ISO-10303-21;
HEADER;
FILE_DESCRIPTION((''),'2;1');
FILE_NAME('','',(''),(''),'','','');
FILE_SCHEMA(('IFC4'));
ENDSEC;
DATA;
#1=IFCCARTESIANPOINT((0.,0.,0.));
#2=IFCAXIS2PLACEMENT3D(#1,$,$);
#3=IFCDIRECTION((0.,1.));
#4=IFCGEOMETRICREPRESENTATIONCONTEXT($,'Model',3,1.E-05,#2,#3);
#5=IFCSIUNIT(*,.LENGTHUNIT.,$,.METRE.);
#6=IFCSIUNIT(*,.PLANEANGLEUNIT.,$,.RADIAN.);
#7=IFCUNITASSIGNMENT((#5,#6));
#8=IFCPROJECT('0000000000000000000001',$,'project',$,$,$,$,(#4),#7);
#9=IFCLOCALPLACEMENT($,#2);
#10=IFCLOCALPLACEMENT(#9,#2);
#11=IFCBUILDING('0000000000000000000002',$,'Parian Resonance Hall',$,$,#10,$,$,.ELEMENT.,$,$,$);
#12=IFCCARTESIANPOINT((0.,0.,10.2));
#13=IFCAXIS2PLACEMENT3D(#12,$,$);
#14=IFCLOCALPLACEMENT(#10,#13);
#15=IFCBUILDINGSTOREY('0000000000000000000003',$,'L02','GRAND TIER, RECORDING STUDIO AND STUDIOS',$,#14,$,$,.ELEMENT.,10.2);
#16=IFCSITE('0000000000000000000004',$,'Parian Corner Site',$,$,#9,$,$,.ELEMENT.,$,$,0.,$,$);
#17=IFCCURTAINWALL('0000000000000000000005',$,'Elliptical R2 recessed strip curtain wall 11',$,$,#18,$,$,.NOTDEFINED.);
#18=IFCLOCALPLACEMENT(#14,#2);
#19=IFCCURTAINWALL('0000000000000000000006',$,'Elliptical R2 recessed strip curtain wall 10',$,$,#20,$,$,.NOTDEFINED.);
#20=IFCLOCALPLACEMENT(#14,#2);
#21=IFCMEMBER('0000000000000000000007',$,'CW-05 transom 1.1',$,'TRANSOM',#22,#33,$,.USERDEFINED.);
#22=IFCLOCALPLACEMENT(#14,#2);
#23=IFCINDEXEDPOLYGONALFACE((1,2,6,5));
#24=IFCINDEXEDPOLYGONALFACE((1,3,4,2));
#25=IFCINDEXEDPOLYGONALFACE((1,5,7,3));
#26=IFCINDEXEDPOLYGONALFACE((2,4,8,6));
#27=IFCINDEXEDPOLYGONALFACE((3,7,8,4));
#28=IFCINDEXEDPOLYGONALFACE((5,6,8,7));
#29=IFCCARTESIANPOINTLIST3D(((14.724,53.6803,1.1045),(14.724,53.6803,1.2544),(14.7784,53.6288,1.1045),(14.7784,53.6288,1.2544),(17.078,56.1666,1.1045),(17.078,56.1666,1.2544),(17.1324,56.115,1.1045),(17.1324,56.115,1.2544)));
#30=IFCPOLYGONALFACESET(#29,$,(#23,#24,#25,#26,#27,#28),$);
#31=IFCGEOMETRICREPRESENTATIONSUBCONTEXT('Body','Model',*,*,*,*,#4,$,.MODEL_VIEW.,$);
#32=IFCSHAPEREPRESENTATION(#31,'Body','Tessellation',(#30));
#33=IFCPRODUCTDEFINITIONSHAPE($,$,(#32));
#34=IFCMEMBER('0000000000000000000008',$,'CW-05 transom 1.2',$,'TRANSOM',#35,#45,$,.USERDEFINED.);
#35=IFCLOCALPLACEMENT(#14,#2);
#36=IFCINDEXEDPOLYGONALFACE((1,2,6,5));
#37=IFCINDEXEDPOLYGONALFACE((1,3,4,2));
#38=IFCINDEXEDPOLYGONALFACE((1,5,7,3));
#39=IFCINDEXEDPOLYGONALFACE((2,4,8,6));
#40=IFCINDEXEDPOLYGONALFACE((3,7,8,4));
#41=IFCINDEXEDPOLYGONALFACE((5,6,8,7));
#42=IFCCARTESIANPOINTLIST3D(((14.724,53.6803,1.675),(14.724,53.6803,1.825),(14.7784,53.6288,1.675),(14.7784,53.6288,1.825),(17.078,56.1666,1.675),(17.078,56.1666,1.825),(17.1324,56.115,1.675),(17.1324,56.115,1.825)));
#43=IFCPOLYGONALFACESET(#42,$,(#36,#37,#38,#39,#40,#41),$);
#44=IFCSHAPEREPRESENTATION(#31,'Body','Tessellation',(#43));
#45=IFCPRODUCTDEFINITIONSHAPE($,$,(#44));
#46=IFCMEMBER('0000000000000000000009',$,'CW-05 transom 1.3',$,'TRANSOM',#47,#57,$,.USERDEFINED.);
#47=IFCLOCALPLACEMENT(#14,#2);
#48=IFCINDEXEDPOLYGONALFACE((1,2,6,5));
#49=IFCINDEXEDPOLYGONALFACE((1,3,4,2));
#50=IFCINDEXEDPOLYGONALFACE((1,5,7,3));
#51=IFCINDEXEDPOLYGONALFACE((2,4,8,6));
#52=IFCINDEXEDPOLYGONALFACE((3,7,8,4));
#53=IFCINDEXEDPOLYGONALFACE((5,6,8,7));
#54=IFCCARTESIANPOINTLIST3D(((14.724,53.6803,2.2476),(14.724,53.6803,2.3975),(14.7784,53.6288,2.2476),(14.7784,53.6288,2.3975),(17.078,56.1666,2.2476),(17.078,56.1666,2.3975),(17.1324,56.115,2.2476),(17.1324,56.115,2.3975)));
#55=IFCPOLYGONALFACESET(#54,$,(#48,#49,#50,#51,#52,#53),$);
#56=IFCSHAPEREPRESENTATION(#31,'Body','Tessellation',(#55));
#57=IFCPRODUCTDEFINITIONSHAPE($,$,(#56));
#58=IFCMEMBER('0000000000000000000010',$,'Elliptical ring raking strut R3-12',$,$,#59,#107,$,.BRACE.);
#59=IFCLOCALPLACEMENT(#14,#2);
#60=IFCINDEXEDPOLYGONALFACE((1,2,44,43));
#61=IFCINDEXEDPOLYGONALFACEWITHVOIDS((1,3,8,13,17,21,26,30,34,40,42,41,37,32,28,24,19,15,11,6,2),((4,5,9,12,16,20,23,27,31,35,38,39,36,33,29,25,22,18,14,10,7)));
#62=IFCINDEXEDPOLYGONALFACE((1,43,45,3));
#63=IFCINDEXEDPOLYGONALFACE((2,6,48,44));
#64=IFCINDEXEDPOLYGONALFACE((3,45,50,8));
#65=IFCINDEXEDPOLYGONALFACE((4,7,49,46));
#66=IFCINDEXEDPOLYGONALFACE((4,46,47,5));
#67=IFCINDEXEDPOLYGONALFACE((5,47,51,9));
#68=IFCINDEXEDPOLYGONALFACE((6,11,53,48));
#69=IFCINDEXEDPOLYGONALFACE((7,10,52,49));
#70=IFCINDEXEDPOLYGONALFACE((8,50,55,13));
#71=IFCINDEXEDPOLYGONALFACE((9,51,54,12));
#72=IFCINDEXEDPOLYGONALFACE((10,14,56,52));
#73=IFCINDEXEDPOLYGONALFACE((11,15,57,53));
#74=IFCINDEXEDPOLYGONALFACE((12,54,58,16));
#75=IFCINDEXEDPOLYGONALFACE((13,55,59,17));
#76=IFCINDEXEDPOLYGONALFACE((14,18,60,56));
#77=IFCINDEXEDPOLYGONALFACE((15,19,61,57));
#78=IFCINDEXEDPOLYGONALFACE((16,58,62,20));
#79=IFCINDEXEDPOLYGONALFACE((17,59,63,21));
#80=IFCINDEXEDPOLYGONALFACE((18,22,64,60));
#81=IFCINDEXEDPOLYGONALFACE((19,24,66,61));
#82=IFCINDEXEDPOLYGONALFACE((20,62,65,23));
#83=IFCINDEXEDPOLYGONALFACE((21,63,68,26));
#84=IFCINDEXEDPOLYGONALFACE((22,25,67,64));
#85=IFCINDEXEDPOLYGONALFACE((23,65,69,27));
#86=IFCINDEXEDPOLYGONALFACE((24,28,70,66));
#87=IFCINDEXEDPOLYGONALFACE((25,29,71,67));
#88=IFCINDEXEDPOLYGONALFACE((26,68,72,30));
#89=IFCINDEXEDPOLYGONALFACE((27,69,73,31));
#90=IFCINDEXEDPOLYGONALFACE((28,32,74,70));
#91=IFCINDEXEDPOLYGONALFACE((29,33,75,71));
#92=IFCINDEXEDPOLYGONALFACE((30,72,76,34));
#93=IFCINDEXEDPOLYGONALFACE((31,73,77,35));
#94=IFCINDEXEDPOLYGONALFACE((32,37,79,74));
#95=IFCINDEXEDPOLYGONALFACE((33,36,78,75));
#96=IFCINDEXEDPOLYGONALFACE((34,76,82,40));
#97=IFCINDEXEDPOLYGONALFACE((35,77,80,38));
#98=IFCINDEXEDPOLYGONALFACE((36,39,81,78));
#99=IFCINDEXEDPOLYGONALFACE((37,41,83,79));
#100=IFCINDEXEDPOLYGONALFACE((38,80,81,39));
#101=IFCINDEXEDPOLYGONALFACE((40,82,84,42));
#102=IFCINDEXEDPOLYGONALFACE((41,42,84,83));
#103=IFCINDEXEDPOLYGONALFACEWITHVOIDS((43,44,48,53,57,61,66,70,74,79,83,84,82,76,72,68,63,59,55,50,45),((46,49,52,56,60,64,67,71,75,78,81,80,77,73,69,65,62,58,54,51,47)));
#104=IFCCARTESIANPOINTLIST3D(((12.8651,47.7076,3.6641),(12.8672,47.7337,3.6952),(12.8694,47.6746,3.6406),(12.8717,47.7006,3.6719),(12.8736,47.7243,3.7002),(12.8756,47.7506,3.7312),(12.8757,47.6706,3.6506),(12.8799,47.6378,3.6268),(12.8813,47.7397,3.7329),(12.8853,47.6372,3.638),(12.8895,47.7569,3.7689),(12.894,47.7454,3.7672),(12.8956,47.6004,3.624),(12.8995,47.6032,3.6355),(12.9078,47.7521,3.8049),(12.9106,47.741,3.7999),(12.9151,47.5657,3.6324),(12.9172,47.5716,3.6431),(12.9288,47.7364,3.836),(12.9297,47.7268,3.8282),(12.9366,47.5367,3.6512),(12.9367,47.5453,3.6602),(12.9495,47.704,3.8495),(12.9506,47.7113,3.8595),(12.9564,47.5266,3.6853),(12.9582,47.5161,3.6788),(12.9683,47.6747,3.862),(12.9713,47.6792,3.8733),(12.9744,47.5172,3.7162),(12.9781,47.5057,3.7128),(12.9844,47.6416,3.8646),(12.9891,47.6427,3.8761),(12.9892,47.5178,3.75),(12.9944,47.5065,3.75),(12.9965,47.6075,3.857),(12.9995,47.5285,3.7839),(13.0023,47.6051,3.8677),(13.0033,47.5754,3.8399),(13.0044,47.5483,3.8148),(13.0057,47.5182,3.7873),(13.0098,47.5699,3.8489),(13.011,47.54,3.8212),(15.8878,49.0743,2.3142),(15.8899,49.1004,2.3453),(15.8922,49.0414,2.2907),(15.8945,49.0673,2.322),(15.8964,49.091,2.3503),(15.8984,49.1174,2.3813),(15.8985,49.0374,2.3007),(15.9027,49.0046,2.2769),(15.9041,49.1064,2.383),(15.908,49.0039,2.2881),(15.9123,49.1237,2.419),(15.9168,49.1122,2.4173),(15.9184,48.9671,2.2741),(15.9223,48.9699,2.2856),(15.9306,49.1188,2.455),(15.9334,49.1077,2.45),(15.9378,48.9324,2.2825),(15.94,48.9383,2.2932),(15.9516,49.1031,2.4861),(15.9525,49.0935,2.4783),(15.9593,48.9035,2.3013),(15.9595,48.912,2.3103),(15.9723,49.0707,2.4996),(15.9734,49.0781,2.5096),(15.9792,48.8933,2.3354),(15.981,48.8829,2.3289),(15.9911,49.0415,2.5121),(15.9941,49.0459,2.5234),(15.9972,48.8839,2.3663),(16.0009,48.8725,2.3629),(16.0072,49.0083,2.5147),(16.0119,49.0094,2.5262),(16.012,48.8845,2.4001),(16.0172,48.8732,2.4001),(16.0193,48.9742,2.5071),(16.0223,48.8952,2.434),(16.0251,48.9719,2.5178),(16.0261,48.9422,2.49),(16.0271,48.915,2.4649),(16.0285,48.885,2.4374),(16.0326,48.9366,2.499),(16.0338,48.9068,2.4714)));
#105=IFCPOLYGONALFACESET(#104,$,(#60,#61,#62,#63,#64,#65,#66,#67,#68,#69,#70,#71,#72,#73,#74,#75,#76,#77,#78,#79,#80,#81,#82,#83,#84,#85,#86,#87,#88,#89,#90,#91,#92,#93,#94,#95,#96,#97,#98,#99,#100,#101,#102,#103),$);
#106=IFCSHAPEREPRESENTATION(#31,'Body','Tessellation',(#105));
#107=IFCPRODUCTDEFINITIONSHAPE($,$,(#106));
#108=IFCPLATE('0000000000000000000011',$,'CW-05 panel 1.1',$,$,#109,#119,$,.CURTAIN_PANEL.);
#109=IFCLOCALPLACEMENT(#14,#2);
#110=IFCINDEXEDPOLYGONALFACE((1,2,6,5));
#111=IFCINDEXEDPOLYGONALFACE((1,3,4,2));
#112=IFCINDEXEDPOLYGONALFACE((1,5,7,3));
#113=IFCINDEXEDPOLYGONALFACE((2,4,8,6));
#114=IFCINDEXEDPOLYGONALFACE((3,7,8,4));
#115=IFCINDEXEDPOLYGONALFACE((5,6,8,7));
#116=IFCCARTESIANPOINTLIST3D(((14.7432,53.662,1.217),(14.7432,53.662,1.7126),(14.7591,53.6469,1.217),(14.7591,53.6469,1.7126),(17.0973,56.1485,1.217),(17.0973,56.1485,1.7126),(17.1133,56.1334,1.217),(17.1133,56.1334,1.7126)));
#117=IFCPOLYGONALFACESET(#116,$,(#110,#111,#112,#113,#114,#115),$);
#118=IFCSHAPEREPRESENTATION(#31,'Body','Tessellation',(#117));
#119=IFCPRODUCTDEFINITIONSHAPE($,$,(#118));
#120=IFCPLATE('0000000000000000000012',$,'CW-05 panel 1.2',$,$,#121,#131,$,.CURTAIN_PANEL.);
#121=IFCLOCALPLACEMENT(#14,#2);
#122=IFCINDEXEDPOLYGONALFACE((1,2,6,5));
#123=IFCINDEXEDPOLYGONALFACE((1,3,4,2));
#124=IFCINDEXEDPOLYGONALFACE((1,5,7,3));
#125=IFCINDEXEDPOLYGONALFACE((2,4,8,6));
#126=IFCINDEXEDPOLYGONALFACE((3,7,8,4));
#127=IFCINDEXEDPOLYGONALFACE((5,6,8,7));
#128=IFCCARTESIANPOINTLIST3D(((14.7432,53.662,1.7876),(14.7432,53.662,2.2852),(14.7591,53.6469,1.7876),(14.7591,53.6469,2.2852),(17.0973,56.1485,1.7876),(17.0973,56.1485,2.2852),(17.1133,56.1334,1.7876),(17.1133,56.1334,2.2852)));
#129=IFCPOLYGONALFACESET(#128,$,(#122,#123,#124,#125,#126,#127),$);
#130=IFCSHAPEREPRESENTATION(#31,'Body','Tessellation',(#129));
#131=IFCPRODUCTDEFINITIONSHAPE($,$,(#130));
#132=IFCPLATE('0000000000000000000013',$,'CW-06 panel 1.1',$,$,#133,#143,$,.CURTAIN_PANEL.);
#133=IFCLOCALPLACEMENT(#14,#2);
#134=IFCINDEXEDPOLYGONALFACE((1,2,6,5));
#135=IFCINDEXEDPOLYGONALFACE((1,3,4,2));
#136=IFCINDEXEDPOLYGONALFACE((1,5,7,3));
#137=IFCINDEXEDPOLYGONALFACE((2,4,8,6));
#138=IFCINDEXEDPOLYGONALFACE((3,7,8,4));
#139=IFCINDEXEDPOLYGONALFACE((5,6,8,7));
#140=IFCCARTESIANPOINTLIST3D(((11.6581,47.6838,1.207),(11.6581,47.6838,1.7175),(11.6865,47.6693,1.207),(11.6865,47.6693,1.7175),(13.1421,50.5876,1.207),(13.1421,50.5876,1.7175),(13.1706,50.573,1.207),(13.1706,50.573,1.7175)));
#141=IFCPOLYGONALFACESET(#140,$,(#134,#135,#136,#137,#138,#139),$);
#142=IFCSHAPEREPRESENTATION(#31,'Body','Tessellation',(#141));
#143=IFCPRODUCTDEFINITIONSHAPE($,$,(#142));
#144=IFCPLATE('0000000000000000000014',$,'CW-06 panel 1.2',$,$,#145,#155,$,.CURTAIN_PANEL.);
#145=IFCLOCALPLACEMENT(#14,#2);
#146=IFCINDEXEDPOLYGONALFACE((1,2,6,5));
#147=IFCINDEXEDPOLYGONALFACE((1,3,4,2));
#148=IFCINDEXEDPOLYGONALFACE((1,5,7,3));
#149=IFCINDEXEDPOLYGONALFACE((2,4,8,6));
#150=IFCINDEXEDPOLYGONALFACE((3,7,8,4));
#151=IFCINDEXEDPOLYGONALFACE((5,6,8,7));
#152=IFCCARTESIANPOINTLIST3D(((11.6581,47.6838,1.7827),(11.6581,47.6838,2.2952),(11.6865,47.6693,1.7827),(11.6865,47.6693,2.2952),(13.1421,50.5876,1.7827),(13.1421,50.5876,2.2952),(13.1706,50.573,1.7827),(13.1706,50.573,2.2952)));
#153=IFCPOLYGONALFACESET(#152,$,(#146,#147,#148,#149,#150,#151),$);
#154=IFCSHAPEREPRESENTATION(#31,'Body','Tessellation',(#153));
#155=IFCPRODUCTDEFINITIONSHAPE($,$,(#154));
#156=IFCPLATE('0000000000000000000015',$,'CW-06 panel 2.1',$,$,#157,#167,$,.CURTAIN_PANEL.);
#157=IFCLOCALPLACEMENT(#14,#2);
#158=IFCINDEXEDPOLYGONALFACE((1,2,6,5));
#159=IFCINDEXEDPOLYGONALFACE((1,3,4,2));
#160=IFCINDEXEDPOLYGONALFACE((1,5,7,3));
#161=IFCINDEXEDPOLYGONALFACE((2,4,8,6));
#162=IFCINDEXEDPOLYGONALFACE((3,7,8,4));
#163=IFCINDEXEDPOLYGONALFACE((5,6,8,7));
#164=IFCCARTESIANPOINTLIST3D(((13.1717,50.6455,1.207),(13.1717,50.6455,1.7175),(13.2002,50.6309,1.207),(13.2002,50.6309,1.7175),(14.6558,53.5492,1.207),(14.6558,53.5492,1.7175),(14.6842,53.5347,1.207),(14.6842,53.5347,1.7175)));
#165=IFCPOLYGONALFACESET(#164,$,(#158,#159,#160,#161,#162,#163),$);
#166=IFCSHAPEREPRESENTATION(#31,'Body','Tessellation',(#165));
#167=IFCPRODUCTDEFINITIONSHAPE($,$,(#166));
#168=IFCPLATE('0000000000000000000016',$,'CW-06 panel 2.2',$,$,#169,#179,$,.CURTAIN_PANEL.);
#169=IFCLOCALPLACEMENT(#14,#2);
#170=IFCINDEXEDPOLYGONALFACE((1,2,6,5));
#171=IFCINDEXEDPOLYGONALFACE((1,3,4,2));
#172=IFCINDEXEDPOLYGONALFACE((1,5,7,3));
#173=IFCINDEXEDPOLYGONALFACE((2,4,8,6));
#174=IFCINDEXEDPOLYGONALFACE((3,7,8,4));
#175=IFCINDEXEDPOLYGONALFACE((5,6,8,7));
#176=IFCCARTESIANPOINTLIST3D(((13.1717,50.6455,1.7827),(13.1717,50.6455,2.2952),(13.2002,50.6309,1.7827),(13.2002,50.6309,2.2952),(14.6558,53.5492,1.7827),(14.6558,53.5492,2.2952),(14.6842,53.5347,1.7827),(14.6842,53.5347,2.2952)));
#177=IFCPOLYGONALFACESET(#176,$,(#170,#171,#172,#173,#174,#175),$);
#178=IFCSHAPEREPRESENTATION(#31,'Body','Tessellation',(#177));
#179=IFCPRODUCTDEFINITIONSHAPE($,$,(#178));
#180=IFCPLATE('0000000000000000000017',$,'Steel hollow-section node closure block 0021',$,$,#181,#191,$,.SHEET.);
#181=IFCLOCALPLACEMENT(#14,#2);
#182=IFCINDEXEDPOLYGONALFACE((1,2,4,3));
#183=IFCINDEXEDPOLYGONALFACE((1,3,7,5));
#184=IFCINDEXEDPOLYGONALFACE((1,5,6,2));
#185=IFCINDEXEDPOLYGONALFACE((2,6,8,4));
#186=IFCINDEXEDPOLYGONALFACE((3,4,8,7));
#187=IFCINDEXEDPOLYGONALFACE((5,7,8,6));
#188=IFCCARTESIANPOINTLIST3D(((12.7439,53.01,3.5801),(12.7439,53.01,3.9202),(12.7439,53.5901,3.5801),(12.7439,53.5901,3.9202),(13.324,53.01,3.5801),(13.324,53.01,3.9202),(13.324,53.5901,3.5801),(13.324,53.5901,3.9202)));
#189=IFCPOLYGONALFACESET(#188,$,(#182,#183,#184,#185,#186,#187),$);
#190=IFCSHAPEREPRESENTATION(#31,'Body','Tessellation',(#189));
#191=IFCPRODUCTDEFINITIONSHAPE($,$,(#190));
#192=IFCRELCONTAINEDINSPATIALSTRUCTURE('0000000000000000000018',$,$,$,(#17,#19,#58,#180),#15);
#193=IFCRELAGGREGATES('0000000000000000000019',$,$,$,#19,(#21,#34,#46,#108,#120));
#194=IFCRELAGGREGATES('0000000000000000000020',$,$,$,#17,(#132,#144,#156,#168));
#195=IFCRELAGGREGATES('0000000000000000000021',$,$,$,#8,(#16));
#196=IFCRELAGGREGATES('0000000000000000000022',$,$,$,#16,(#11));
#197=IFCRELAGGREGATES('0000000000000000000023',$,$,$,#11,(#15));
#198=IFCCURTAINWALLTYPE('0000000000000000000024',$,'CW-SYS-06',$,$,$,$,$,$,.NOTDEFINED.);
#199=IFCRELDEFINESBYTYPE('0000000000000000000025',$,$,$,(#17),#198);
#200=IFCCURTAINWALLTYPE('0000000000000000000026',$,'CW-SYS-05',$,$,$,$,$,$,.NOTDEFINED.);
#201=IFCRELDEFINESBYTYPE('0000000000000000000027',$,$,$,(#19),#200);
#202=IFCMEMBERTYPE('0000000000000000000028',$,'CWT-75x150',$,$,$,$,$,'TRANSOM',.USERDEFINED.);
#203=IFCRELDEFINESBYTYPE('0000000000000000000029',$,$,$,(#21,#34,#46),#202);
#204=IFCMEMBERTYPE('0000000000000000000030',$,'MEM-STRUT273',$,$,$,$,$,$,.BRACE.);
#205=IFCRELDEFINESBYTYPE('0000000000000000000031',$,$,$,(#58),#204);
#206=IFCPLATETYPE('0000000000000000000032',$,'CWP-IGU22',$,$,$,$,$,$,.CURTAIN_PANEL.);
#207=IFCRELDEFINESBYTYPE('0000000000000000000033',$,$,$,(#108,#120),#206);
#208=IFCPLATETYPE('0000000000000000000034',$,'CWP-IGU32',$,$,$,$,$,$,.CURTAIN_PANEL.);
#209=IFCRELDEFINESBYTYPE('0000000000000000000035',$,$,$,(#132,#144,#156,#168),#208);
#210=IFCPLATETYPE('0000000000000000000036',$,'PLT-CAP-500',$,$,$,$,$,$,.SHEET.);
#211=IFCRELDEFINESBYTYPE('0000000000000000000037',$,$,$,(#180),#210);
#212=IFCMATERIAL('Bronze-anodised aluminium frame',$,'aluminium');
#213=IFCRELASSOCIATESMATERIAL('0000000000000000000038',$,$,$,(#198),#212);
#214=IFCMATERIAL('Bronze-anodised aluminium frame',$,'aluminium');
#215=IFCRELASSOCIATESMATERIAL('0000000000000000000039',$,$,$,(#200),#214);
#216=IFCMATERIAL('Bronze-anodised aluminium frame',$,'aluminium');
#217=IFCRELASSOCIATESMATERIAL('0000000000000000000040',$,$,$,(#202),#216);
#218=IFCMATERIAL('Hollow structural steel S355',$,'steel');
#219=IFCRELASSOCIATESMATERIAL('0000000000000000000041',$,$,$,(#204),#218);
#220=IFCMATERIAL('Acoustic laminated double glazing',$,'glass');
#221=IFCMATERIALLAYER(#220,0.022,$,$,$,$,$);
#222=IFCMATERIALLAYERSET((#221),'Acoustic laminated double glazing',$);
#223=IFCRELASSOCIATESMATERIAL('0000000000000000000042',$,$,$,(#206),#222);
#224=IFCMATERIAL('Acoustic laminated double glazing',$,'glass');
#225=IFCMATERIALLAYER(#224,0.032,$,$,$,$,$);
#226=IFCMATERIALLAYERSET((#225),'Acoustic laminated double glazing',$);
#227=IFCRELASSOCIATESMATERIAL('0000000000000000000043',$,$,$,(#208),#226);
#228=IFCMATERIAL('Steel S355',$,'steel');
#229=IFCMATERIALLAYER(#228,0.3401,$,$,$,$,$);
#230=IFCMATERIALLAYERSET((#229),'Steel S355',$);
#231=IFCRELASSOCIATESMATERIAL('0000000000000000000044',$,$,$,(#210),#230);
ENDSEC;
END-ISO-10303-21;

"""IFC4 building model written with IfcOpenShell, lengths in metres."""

from ifc_helpers import new_model, si_unit, direction, frame, origin, origin_2d, place, context, subcontext, project, spatial, rectangle, hollow_circle, extrude, material, layer, layer_set, material_profile, profile_set, type_object, element, aggregate, save


model = new_model("IFC4")

# Units and contexts
model_context = context("Model", 3, precision=1e-05, world=origin(), true_north=direction((0.0, 1.0)))
body_context = subcontext(model_context, "Body", "Model", "MODEL_VIEW")
ifc_project = project(units=[si_unit("LENGTHUNIT", "METRE"), si_unit("PLANEANGLEUNIT", "RADIAN")], contexts=[model_context])

# Site, building, storey
site_placement = place(None, origin())
site = spatial("IfcSite", under=ifc_project, at=site_placement, Name="Parian Corner Site", CompositionType="ELEMENT", RefElevation=0.0)
building_placement = place(site_placement, origin())
building = spatial("IfcBuilding", under=site, at=building_placement, Name="Parian Resonance Hall", CompositionType="ELEMENT")
storey_placement = place(building_placement, frame((0.0, 0.0, 10.2)))
storey = spatial("IfcBuildingStorey", under=building, at=storey_placement, Name="L02", Description="GRAND TIER, RECORDING STUDIO AND STUDIOS", CompositionType="ELEMENT", Elevation=10.2)

# Curtain wall
ifc_material_1 = material(Name="Bronze-anodised aluminium frame", Category="aluminium")
curtain_wall_type_1 = type_object("IfcCurtainWallType", Name="CW-SYS-06", PredefinedType="NOTDEFINED", material=ifc_material_1)
curtain_wall_1_placement = place(storey_placement, origin())
curtain_wall_1 = element("IfcCurtainWall", 1, at=curtain_wall_1_placement, inside=storey, type_object=curtain_wall_type_1, Name="Elliptical R2 recessed strip curtain wall 11", PredefinedType="NOTDEFINED")

# Curtain wall
ifc_material_2 = material(Name="Bronze-anodised aluminium frame", Category="aluminium")
curtain_wall_type_2 = type_object("IfcCurtainWallType", Name="CW-SYS-05", PredefinedType="NOTDEFINED", material=ifc_material_2)
curtain_wall_2_placement = place(storey_placement, origin())
curtain_wall_2 = element("IfcCurtainWall", 2, at=curtain_wall_2_placement, inside=storey, type_object=curtain_wall_type_2, Name="Elliptical R2 recessed strip curtain wall 10", PredefinedType="NOTDEFINED")

# Members
ifc_material_3 = material(Name="Bronze-anodised aluminium frame", Category="aluminium")
ifc_material_profile_1 = material_profile(ifc_material_3, rectangle(XDim=0.075, YDim=0.1499, at=origin_2d()), Name="CWT-75x150")
ifc_profile_set_1 = profile_set([ifc_material_profile_1], Name="Bronze-anodised aluminium frame")
member_type_1 = type_object("IfcMemberType", Name="CWT-75x150", ElementType="TRANSOM", PredefinedType="USERDEFINED", material=ifc_profile_set_1)
member_1_placement = place(storey_placement, frame((14.7512, 53.6545, 1.1794), z_axis=(0.687519, 0.726166, 0.0), x_axis=(-0.726166, 0.687519, 0.0)))
member_1 = element("IfcMember", 3, at=member_1_placement, type_object=member_type_1, Name="CW-05 transom 1.1", ObjectType="TRANSOM", PredefinedType="USERDEFINED", context=body_context, shape_type="SweptSolid", body=[
    extrude(rectangle(XDim=0.075, YDim=0.1499, at=origin_2d()), origin(), (0.0, 0.0, 1.0), 3.4238),
])
member_2_placement = place(storey_placement, frame((14.7512, 53.6545, 1.75), z_axis=(0.687519, 0.726166, 0.0), x_axis=(-0.726166, 0.687519, 0.0)))
member_2 = element("IfcMember", 4, at=member_2_placement, type_object=member_type_1, Name="CW-05 transom 1.2", ObjectType="TRANSOM", PredefinedType="USERDEFINED", context=body_context, shape_type="SweptSolid", body=[
    extrude(rectangle(XDim=0.075, YDim=0.1499, at=origin_2d()), origin(), (0.0, 0.0, 1.0), 3.4238),
])
member_3_placement = place(storey_placement, frame((14.7512, 53.6545, 2.3225), z_axis=(0.687519, 0.726166, 0.0), x_axis=(-0.726166, 0.687519, 0.0)))
member_3 = element("IfcMember", 5, at=member_3_placement, type_object=member_type_1, Name="CW-05 transom 1.3", ObjectType="TRANSOM", PredefinedType="USERDEFINED", context=body_context, shape_type="SweptSolid", body=[
    extrude(rectangle(XDim=0.075, YDim=0.1499, at=origin_2d()), origin(), (0.0, 0.0, 1.0), 3.4238),
])
ifc_material_4 = material(Name="Hollow structural steel S355", Category="steel")
ifc_material_profile_2 = material_profile(ifc_material_4, hollow_circle(Radius=0.1365, WallThickness=0.0125, at=origin_2d()), Name="CHS273x12.5")
ifc_profile_set_2 = profile_set([ifc_material_profile_2], Name="Hollow structural steel S355")
member_type_2 = type_object("IfcMemberType", Name="MEM-STRUT273", PredefinedType="BRACE", material=ifc_profile_set_2)
member_4_placement = place(storey_placement, frame((15.9609, 48.9976, 2.4001), z_axis=(-0.843991, -0.381606, 0.376902), x_axis=(0.411989, -0.911189, 0.0)))
element("IfcMember", 6, at=member_4_placement, inside=storey, type_object=member_type_2, Name="Elliptical ring raking strut R3-12", PredefinedType="BRACE", context=body_context, shape_type="SweptSolid", body=[
    extrude(hollow_circle(Radius=0.1365, WallThickness=0.0125, at=origin_2d()), origin(), (0.0, 0.0, 1.0), 3.5815),
])

# Plates
ifc_material_5 = material(Name="Acoustic laminated double glazing", Category="glass")
ifc_layer_1 = layer(ifc_material_5, 0.022)
ifc_layer_set_1 = layer_set([ifc_layer_1], Name="Acoustic laminated double glazing")
plate_type_1 = type_object("IfcPlateType", Name="CWP-IGU22", PredefinedType="CURTAIN_PANEL", material=ifc_layer_set_1)
plate_1_placement = place(storey_placement, frame((15.9282, 54.8977, 1.217), z_axis=(0.0, 0.0, 1.0), x_axis=(0.687523, 0.726163, 0.0)))
plate_1 = element("IfcPlate", 7, at=plate_1_placement, type_object=plate_type_1, Name="CW-05 panel 1.1", PredefinedType="CURTAIN_PANEL", context=body_context, shape_type="SweptSolid", body=[
    extrude(rectangle(XDim=3.4241, YDim=0.022, at=origin_2d()), origin(), (0.0, 0.0, 1.0), 0.4956),
])
plate_2_placement = place(storey_placement, frame((15.9282, 54.8977, 1.7876), z_axis=(0.0, 0.0, 1.0), x_axis=(0.687523, 0.726163, 0.0)))
plate_2 = element("IfcPlate", 8, at=plate_2_placement, type_object=plate_type_1, Name="CW-05 panel 1.2", PredefinedType="CURTAIN_PANEL", context=body_context, shape_type="SweptSolid", body=[
    extrude(rectangle(XDim=3.4241, YDim=0.022, at=origin_2d()), origin(), (0.0, 0.0, 1.0), 0.4976),
])
aggregate(curtain_wall_2, [member_1, member_2, member_3, plate_1, plate_2])
ifc_material_6 = material(Name="Acoustic laminated double glazing", Category="glass")
ifc_layer_2 = layer(ifc_material_6, 0.032)
ifc_layer_set_2 = layer_set([ifc_layer_2], Name="Acoustic laminated double glazing")
plate_type_2 = type_object("IfcPlateType", Name="CWP-IGU32", PredefinedType="CURTAIN_PANEL", material=ifc_layer_set_2)
plate_3_placement = place(storey_placement, frame((12.4143, 49.1284, 1.207), z_axis=(0.0, 0.0, 1.0), x_axis=(0.455086, 0.890447, 0.0)))
plate_3 = element("IfcPlate", 9, at=plate_3_placement, type_object=plate_type_2, Name="CW-06 panel 1.1", PredefinedType="CURTAIN_PANEL", context=body_context, shape_type="SweptSolid", body=[
    extrude(rectangle(XDim=3.261, YDim=0.032, at=origin_2d()), origin(), (0.0, 0.0, 1.0), 0.5105),
])
plate_4_placement = place(storey_placement, frame((12.4143, 49.1284, 1.7827), z_axis=(0.0, 0.0, 1.0), x_axis=(0.455086, 0.890447, 0.0)))
plate_4 = element("IfcPlate", 10, at=plate_4_placement, type_object=plate_type_2, Name="CW-06 panel 1.2", PredefinedType="CURTAIN_PANEL", context=body_context, shape_type="SweptSolid", body=[
    extrude(rectangle(XDim=3.261, YDim=0.032, at=origin_2d()), origin(), (0.0, 0.0, 1.0), 0.5125),
])
plate_5_placement = place(storey_placement, frame((13.928, 52.0901, 1.207), z_axis=(0.0, 0.0, 1.0), x_axis=(0.455086, 0.890447, 0.0)))
plate_5 = element("IfcPlate", 11, at=plate_5_placement, type_object=plate_type_2, Name="CW-06 panel 2.1", PredefinedType="CURTAIN_PANEL", context=body_context, shape_type="SweptSolid", body=[
    extrude(rectangle(XDim=3.261, YDim=0.032, at=origin_2d()), origin(), (0.0, 0.0, 1.0), 0.5105),
])
plate_6_placement = place(storey_placement, frame((13.928, 52.0901, 1.7827), z_axis=(0.0, 0.0, 1.0), x_axis=(0.455086, 0.890447, 0.0)))
plate_6 = element("IfcPlate", 12, at=plate_6_placement, type_object=plate_type_2, Name="CW-06 panel 2.2", PredefinedType="CURTAIN_PANEL", context=body_context, shape_type="SweptSolid", body=[
    extrude(rectangle(XDim=3.261, YDim=0.032, at=origin_2d()), origin(), (0.0, 0.0, 1.0), 0.5125),
])
aggregate(curtain_wall_1, [plate_3, plate_4, plate_5, plate_6])

# Plate
ifc_material_7 = material(Name="Steel S355", Category="steel")
ifc_layer_3 = layer(ifc_material_7, 0.3401)
ifc_layer_set_3 = layer_set([ifc_layer_3], Name="Steel S355")
plate_type_3 = type_object("IfcPlateType", Name="PLT-CAP-500", PredefinedType="SHEET", material=ifc_layer_set_3)
for number, where, z_axis, x_axis, name in (
    (13, (13.0339, 53.3, 3.5801), (0.0, 0.0, 1.0), (1.0, 0.0, 0.0), "Steel hollow-section node closure block 0021"),
):
    element("IfcPlate", number, at=place(storey_placement, frame(where, z_axis=z_axis, x_axis=x_axis)), inside=storey, type_object=plate_type_3, Name=name, PredefinedType="SHEET", context=body_context, shape_type="SweptSolid", body=[
        extrude(rectangle(XDim=0.5801, YDim=0.5801, at=origin_2d()), origin(), (0.0, 0.0, 1.0), 0.3401),
    ])

save(model, "model.ifc")
